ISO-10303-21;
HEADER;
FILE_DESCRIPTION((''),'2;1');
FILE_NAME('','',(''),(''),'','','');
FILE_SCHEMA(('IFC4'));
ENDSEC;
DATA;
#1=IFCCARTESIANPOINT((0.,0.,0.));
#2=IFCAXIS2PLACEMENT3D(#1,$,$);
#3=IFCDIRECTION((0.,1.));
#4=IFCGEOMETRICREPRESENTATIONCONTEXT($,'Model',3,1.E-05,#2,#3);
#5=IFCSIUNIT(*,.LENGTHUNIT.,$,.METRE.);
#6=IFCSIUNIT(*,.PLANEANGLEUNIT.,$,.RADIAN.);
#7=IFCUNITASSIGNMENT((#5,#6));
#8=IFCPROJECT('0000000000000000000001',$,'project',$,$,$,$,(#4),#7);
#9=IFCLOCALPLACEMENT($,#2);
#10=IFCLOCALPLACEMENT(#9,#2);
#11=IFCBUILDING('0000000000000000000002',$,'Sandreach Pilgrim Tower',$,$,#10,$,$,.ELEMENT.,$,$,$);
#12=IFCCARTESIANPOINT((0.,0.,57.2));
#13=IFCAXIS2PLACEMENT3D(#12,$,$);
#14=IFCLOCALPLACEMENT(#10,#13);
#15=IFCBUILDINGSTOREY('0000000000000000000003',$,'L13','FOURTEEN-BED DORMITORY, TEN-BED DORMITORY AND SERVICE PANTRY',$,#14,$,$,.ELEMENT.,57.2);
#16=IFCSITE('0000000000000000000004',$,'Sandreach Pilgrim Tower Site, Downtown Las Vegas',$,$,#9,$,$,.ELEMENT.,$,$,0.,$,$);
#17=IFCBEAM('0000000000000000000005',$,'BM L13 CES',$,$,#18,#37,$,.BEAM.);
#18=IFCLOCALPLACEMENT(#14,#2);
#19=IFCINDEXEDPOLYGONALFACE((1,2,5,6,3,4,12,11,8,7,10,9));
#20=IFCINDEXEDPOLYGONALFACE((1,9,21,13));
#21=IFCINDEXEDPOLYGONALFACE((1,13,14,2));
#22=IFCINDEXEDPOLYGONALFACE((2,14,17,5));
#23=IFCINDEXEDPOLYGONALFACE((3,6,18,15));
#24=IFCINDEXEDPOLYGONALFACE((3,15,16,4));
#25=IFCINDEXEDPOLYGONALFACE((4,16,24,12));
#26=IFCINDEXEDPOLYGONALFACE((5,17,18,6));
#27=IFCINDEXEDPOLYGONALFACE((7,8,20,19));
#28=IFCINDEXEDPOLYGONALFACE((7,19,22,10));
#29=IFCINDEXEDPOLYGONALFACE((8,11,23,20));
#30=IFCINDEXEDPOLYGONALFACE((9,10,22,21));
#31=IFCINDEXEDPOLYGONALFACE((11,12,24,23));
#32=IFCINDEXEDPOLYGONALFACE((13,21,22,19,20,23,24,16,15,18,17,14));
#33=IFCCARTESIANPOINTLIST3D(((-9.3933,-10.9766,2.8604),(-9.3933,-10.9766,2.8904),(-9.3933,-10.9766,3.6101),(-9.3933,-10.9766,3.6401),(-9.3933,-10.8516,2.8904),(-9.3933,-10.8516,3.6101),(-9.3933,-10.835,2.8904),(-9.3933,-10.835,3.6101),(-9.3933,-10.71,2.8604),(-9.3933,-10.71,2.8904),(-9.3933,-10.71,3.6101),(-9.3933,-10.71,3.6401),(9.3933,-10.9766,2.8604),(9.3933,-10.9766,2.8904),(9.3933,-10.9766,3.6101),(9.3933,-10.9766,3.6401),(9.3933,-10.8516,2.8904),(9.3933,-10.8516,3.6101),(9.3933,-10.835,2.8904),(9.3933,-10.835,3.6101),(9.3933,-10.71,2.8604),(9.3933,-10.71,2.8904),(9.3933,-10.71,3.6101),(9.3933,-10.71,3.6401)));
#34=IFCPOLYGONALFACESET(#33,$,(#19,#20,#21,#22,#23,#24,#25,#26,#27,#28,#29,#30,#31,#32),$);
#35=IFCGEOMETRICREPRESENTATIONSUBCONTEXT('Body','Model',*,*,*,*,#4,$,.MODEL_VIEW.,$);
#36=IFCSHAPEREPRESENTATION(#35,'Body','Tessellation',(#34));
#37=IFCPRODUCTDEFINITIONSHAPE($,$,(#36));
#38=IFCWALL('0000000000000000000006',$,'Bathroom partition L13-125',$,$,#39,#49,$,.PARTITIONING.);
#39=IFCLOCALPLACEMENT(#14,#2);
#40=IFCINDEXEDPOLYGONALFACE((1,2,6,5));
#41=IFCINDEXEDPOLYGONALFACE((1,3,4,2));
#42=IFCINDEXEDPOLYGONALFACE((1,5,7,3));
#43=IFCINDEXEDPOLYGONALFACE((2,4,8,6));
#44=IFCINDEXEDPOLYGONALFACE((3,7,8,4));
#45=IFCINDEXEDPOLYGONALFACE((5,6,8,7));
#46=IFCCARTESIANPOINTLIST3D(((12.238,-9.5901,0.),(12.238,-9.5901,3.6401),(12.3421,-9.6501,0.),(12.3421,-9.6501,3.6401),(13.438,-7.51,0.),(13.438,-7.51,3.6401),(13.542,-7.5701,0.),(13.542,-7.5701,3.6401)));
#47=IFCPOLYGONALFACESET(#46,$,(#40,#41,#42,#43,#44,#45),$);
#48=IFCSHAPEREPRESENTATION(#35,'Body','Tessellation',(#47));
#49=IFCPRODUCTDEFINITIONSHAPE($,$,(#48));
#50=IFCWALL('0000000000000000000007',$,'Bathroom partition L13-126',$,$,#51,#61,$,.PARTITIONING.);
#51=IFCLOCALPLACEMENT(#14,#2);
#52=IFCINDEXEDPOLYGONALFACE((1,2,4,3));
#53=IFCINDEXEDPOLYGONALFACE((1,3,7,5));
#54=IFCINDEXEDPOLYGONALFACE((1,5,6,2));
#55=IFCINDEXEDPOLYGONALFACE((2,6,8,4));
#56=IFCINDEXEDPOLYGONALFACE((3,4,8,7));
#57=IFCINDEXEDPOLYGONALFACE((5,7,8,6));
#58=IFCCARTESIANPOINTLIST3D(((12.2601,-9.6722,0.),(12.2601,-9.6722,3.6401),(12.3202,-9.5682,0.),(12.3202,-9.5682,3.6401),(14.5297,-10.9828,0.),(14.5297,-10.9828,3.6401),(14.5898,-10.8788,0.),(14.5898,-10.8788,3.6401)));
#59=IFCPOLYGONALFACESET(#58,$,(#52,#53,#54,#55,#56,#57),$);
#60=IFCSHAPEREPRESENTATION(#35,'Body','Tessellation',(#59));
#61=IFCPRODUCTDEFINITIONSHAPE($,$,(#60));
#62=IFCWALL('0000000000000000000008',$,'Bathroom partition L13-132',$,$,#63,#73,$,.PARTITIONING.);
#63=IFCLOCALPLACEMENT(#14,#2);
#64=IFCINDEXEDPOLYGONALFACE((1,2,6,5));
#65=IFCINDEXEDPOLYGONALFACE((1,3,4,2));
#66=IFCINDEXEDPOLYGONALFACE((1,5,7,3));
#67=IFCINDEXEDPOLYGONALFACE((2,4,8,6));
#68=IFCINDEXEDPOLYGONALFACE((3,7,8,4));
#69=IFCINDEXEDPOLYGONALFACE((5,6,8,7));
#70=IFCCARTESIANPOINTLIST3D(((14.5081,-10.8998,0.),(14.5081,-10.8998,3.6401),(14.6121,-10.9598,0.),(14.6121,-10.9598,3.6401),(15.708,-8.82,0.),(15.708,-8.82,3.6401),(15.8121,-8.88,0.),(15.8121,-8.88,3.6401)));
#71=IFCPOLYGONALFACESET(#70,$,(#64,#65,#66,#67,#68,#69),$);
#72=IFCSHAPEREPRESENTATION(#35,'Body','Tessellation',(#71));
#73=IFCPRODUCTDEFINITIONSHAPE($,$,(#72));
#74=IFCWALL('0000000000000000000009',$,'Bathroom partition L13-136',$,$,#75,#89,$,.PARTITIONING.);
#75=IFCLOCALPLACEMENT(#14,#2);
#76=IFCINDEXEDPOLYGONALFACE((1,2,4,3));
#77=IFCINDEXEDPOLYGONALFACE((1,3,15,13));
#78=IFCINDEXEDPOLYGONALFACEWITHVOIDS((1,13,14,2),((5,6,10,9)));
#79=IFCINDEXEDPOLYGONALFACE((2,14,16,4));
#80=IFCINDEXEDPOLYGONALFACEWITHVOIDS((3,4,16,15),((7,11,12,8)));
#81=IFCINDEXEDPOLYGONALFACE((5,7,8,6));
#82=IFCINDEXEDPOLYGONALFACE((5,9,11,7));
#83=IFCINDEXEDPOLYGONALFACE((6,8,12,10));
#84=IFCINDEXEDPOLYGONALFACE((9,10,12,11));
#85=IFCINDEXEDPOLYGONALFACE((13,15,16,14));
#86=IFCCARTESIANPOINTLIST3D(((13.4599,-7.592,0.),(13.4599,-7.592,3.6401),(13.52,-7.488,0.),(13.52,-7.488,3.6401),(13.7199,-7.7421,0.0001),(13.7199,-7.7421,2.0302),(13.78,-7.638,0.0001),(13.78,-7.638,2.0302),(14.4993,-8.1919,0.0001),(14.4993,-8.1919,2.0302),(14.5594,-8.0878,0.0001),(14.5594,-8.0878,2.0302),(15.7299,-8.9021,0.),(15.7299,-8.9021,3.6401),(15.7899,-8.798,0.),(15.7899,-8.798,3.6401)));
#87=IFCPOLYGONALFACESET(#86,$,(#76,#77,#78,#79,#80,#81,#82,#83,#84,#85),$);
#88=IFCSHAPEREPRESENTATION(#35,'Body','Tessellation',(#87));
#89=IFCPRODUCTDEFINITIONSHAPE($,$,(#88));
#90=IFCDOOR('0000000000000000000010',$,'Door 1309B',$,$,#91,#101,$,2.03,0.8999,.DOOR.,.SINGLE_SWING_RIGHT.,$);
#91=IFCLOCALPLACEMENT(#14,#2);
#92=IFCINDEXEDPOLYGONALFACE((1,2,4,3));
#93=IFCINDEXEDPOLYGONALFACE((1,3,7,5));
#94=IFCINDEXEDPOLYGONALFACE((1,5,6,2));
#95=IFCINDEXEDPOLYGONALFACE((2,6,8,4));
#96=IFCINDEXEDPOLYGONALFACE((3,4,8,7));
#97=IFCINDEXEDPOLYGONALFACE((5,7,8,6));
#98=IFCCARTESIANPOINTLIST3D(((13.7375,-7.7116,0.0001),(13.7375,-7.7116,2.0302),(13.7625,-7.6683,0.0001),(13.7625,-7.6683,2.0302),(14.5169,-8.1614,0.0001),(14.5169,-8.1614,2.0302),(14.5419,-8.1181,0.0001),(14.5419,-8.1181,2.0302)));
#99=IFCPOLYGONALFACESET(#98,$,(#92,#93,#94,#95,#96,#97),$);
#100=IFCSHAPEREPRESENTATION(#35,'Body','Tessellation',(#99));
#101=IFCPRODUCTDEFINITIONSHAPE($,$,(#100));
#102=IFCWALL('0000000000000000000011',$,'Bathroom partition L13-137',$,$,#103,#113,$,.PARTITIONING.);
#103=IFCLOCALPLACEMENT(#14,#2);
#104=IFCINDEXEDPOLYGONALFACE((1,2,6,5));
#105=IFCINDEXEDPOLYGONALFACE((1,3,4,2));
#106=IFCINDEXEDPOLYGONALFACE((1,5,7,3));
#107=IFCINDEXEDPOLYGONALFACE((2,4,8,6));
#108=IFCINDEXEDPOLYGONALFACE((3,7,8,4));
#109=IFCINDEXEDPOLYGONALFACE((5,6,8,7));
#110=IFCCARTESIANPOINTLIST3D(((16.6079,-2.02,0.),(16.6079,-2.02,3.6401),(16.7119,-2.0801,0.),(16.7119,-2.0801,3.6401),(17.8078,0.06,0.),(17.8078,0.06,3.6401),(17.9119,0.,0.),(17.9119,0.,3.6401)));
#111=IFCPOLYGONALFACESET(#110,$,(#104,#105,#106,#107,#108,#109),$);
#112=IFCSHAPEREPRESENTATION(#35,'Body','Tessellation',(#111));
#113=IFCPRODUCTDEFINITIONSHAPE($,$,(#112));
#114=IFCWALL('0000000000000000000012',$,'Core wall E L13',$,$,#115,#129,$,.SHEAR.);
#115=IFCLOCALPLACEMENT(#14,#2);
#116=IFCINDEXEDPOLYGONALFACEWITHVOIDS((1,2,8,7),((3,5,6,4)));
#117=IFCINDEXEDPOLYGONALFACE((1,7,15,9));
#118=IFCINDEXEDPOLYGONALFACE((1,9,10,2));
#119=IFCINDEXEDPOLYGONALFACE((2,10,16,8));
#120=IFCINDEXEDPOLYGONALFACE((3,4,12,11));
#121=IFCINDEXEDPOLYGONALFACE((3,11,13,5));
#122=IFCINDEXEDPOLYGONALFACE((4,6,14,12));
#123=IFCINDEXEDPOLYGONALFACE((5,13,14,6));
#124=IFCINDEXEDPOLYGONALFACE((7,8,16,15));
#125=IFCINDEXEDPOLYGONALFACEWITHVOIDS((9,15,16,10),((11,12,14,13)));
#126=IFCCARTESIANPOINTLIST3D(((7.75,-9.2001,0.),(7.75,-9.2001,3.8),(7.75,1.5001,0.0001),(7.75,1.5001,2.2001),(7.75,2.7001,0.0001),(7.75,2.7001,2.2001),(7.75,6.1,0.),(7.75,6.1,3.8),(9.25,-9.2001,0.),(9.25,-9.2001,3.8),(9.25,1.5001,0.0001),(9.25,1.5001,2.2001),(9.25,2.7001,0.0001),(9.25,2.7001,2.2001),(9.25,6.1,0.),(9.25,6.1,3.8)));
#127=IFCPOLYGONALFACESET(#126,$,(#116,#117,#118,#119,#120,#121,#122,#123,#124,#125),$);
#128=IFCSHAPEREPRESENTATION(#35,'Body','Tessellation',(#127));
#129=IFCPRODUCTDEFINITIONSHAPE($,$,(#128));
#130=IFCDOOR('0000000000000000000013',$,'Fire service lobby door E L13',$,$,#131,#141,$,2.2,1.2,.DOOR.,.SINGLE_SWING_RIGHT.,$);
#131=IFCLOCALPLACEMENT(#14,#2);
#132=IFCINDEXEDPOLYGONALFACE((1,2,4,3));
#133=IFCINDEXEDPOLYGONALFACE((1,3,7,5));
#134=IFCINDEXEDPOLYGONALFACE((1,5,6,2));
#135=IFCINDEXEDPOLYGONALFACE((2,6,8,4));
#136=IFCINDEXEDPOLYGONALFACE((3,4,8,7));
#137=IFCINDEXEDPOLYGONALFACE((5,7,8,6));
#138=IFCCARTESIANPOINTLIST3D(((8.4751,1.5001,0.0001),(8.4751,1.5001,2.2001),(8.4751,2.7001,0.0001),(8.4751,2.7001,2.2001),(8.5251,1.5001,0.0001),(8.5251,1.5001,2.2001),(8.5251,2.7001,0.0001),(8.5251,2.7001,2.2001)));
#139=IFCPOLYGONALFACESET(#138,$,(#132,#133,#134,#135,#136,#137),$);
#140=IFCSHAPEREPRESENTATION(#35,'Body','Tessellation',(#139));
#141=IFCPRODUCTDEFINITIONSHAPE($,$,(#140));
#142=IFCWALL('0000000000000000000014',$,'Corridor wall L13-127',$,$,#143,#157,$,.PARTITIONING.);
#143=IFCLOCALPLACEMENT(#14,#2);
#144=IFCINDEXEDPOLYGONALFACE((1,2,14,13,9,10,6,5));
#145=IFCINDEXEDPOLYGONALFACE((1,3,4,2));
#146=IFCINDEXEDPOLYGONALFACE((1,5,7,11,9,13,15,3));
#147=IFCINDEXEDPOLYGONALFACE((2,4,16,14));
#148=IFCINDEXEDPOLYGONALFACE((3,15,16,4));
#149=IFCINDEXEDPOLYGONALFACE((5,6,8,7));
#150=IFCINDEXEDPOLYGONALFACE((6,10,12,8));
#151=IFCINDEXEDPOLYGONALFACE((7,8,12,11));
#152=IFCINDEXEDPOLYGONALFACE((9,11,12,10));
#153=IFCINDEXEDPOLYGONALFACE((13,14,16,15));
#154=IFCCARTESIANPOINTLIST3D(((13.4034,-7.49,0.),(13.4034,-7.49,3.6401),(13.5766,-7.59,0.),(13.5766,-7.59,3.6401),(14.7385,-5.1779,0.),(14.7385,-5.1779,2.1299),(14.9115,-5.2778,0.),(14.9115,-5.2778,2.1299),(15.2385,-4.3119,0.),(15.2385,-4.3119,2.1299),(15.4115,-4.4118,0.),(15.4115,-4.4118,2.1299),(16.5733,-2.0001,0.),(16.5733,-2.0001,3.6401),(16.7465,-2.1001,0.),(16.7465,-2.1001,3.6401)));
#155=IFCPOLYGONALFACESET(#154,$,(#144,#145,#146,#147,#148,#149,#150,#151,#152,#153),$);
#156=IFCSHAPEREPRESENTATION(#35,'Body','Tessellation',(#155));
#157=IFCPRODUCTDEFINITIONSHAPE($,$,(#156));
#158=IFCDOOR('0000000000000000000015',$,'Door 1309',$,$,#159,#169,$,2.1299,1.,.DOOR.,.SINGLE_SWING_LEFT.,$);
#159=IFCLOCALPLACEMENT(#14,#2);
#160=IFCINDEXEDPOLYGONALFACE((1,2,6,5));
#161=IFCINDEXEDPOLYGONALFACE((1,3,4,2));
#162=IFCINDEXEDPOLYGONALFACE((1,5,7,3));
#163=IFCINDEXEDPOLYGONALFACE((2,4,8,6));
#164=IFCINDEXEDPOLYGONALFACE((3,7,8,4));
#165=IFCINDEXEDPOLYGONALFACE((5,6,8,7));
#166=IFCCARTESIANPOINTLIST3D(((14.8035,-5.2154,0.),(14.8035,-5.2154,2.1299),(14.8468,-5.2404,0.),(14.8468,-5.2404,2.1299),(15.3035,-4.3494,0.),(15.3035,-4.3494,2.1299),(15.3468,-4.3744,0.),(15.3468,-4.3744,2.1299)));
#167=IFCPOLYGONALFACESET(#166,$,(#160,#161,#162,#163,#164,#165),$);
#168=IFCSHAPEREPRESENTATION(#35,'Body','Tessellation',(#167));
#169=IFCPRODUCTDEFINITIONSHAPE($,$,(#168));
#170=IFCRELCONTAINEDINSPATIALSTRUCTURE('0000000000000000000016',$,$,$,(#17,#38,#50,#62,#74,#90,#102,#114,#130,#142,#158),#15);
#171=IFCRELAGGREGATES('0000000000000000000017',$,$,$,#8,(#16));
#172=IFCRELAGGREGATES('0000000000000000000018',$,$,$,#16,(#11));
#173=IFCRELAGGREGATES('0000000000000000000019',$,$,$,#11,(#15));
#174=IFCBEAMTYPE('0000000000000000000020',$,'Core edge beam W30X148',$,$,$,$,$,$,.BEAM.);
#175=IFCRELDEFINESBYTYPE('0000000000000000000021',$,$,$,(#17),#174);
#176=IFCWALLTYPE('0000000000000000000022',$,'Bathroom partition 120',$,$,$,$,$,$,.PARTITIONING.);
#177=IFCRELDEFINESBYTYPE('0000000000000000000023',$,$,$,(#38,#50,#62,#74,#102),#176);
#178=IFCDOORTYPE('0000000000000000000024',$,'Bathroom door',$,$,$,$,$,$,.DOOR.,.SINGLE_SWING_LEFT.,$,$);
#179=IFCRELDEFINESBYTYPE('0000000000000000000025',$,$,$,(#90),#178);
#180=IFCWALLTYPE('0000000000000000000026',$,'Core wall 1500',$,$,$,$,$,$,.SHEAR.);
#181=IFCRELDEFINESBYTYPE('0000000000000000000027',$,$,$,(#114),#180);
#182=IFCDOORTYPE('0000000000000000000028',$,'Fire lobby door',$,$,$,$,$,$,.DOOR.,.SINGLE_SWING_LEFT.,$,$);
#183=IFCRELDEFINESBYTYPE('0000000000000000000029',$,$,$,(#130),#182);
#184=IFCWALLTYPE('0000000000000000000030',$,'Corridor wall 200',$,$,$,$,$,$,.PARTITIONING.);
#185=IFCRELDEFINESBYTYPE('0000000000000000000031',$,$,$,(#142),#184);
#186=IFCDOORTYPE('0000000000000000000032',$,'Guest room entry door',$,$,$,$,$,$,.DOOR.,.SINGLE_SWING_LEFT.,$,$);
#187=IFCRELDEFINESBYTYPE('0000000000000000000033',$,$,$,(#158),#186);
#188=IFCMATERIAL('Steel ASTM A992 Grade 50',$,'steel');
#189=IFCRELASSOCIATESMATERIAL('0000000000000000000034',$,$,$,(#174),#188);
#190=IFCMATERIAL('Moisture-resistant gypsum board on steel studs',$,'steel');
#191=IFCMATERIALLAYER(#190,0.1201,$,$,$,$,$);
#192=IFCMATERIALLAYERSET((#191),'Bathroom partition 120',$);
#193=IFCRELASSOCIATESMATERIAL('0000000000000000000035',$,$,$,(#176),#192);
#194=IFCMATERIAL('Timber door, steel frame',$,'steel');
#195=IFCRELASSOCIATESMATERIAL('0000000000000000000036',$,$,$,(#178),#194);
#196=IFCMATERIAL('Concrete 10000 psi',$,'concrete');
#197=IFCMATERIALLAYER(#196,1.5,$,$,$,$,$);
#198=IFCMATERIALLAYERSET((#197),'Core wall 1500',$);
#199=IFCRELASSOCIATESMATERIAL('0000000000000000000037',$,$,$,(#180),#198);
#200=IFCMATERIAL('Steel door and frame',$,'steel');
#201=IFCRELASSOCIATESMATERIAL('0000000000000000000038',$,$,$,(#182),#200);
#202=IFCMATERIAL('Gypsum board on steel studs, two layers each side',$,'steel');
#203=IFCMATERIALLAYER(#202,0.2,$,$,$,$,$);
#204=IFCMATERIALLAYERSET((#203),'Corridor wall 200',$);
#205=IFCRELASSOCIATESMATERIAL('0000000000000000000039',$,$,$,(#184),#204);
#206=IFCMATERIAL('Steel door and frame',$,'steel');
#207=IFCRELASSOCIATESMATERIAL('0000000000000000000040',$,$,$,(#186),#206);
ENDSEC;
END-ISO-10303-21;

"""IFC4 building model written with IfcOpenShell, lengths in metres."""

from ifc_helpers import new_model, si_unit, direction, frame, frame_2d, origin, origin_2d, place, context, subcontext, project, spatial, rectangle, i_section, extrude, material, layer, layer_set, material_profile, profile_set, type_object, element, fill, save


model = new_model("IFC4")

# Units and contexts
model_context = context("Model", 3, precision=1e-05, world=origin(), true_north=direction((0.0, 1.0)))
body_context = subcontext(model_context, "Body", "Model", "MODEL_VIEW")
ifc_project = project(units=[si_unit("LENGTHUNIT", "METRE"), si_unit("PLANEANGLEUNIT", "RADIAN")], contexts=[model_context])

# Site, building, storey
site_placement = place(None, origin())
site = spatial("IfcSite", under=ifc_project, at=site_placement, Name="Sandreach Pilgrim Tower Site, Downtown Las Vegas", CompositionType="ELEMENT", RefElevation=0.0)
building_placement = place(site_placement, origin())
building = spatial("IfcBuilding", under=site, at=building_placement, Name="Sandreach Pilgrim Tower", CompositionType="ELEMENT")
storey_placement = place(building_placement, frame((0.0, 0.0, 57.2)))
storey = spatial("IfcBuildingStorey", under=building, at=storey_placement, Name="L13", Description="FOURTEEN-BED DORMITORY, TEN-BED DORMITORY AND SERVICE PANTRY", CompositionType="ELEMENT", Elevation=57.2)

# Beam
ifc_material_1 = material(Name="Steel ASTM A992 Grade 50", Category="steel")
ifc_material_profile = material_profile(ifc_material_1, i_section(OverallWidth=0.2666, OverallDepth=0.7798, WebThickness=0.0166, FlangeThickness=0.03, at=origin_2d()), Name="W30X148")
ifc_profile_set = profile_set([ifc_material_profile], Name="Steel ASTM A992 Grade 50")
beam_type = type_object("IfcBeamType", Name="Core edge beam W30X148", PredefinedType="BEAM", material=ifc_profile_set)
beam_placement = place(storey_placement, frame((9.3933, -10.8433, 3.2502), z_axis=(-1.0, 0.0, 0.0), x_axis=(0.0, -1.0, 0.0)))
element("IfcBeam", 1, at=beam_placement, inside=storey, type_object=beam_type, Name="BM L13 CES", PredefinedType="BEAM", context=body_context, shape_type="SweptSolid", body=[
    extrude(i_section(OverallWidth=0.2666, OverallDepth=0.7798, WebThickness=0.0166, FlangeThickness=0.03, at=origin_2d()), origin(), (0.0, 0.0, 1.0), 18.7866),
])

# Walls
ifc_material_2 = material(Name="Moisture-resistant gypsum board on steel studs", Category="steel")
ifc_layer_1 = layer(ifc_material_2, 0.1201)
ifc_layer_set_1 = layer_set([ifc_layer_1], Name="Bathroom partition 120")
wall_type_1 = type_object("IfcWallType", Name="Bathroom partition 120", PredefinedType="PARTITIONING", material=ifc_layer_set_1)
wall_1_placement = place(storey_placement, frame((12.29, -9.6201, 0.0), z_axis=(0.0, 0.0, 1.0), x_axis=(0.499693, 0.866203, 0.0)))
element("IfcWall", 2, at=wall_1_placement, inside=storey, type_object=wall_type_1, Name="Bathroom partition L13-125", PredefinedType="PARTITIONING", context=body_context, shape_type="SweptSolid", body=[
    extrude(rectangle(XDim=2.4014, YDim=0.1201, at=frame_2d((1.2007, 0.0))), origin(), (0.0, 0.0, 1.0), 3.6401),
])
wall_2_placement = place(storey_placement, frame((12.29, -9.6201, 0.0), z_axis=(0.0, 0.0, 1.0), x_axis=(0.865987, -0.500067, 0.0)))
element("IfcWall", 3, at=wall_2_placement, inside=storey, type_object=wall_type_1, Name="Bathroom partition L13-126", PredefinedType="PARTITIONING", context=body_context, shape_type="SweptSolid", body=[
    extrude(rectangle(XDim=2.6208, YDim=0.1201, at=frame_2d((1.3105, 0.0))), origin(), (0.0, 0.0, 1.0), 3.6401),
])
wall_3_placement = place(storey_placement, frame((14.5601, -10.9299, 0.0), z_axis=(0.0, 0.0, 1.0), x_axis=(0.499737, 0.866177, 0.0)))
element("IfcWall", 4, at=wall_3_placement, inside=storey, type_object=wall_type_1, Name="Bathroom partition L13-132", PredefinedType="PARTITIONING", context=body_context, shape_type="SweptSolid", body=[
    extrude(rectangle(XDim=2.4011, YDim=0.1201, at=frame_2d((1.2007, 0.0))), origin(), (0.0, 0.0, 1.0), 3.6401),
])

# Wall, opening, door
wall_4_placement = place(storey_placement, frame((15.76, -8.8501, 0.0), z_axis=(0.0, 0.0, 1.0), x_axis=(-0.866114, 0.499846, 0.0)))
wall_4 = element("IfcWall", 5, at=wall_4_placement, inside=storey, type_object=wall_type_1, Name="Bathroom partition L13-136", PredefinedType="PARTITIONING", context=body_context, shape_type="SweptSolid", body=[
    extrude(rectangle(XDim=2.6208, YDim=0.1201, at=frame_2d((1.3105, 0.0))), origin(), (0.0, 0.0, 1.0), 3.6401),
])
opening_1_placement = place(wall_4_placement, frame((1.4209, 0.0, 0.0)))
opening_1 = element("IfcOpeningElement", 6, at=opening_1_placement, cuts=wall_4, PredefinedType="OPENING", context=body_context, shape_type="SweptSolid", body=[
    extrude(rectangle(XDim=0.8999, YDim=2.03, at=frame_2d((0.45, 1.0151))), frame((0.0, 0.0601, 0.0), z_axis=(0.0, -1.0, 0.0), x_axis=(1.0, 0.0, 0.0)), (0.0, 0.0, 1.0), 0.1201),
])
ifc_material_3 = material(Name="Timber door, steel frame", Category="steel")
door_type_1 = type_object("IfcDoorType", Name="Bathroom door", OperationType="SINGLE_SWING_LEFT", PredefinedType="DOOR", material=ifc_material_3)
door_1_placement = place(opening_1_placement, origin())
door_1 = element("IfcDoor", 7, at=door_1_placement, inside=storey, type_object=door_type_1, Name="Door 1309B", OperationType="SINGLE_SWING_RIGHT", OverallHeight=2.03, OverallWidth=0.8999, PredefinedType="DOOR", context=body_context, shape_type="SweptSolid", body=[
    extrude(rectangle(XDim=0.8999, YDim=2.03, at=frame_2d((0.45, 1.0151))), frame((0.0, 0.0249, 0.0), z_axis=(0.0, -1.0, 0.0), x_axis=(1.0, 0.0, 0.0)), (0.0, 0.0, 1.0), 0.05),
])
fill(opening_1, door_1)

# Wall
wall_5_placement = place(storey_placement, frame((16.6599, -2.05, 0.0), z_axis=(0.0, 0.0, 1.0), x_axis=(0.499693, 0.866203, 0.0)))
element("IfcWall", 8, at=wall_5_placement, inside=storey, type_object=wall_type_1, Name="Bathroom partition L13-137", PredefinedType="PARTITIONING", context=body_context, shape_type="SweptSolid", body=[
    extrude(rectangle(XDim=2.4014, YDim=0.1201, at=frame_2d((1.2007, 0.0))), origin(), (0.0, 0.0, 1.0), 3.6401),
])

# Walls, openings, doors
ifc_material_4 = material(Name="Concrete 10000 psi", Category="concrete")
ifc_layer_2 = layer(ifc_material_4, 1.5)
ifc_layer_set_2 = layer_set([ifc_layer_2], Name="Core wall 1500")
wall_type_2 = type_object("IfcWallType", Name="Core wall 1500", PredefinedType="SHEAR", material=ifc_layer_set_2)
wall_6_placement = place(storey_placement, frame((8.5, -9.2, 0.0), z_axis=(0.0, 0.0, 1.0), x_axis=(0.0, 1.0, 0.0)))
wall_6 = element("IfcWall", 9, at=wall_6_placement, inside=storey, type_object=wall_type_2, Name="Core wall E L13", PredefinedType="SHEAR", context=body_context, shape_type="SweptSolid", body=[
    extrude(rectangle(XDim=15.3, YDim=1.5, at=frame_2d((7.6499, 0.0))), origin(), (0.0, 0.0, 1.0), 3.8),
])
opening_2_placement = place(wall_6_placement, frame((10.7, 0.0, 0.0)))
opening_2 = element("IfcOpeningElement", 10, at=opening_2_placement, cuts=wall_6, PredefinedType="OPENING", context=body_context, shape_type="SweptSolid", body=[
    extrude(rectangle(XDim=1.2, YDim=2.2, at=frame_2d((0.6001, 1.1001))), frame((0.0, 0.75, 0.0), z_axis=(0.0, -1.0, 0.0), x_axis=(1.0, 0.0, 0.0)), (0.0, 0.0, 1.0), 1.5),
])
ifc_material_5 = material(Name="Steel door and frame", Category="steel")
door_type_2 = type_object("IfcDoorType", Name="Fire lobby door", OperationType="SINGLE_SWING_LEFT", PredefinedType="DOOR", material=ifc_material_5)
door_2_placement = place(opening_2_placement, origin())
door_2 = element("IfcDoor", 11, at=door_2_placement, inside=storey, type_object=door_type_2, Name="Fire service lobby door E L13", OperationType="SINGLE_SWING_RIGHT", OverallHeight=2.2, OverallWidth=1.2, PredefinedType="DOOR", context=body_context, shape_type="SweptSolid", body=[
    extrude(rectangle(XDim=1.2, YDim=2.2, at=frame_2d((0.6001, 1.1001))), frame((0.0, 0.0249, 0.0), z_axis=(0.0, -1.0, 0.0), x_axis=(1.0, 0.0, 0.0)), (0.0, 0.0, 1.0), 0.05),
])
fill(opening_2, door_2)
ifc_material_6 = material(Name="Gypsum board on steel studs, two layers each side", Category="steel")
ifc_layer_3 = layer(ifc_material_6, 0.2)
ifc_layer_set_3 = layer_set([ifc_layer_3], Name="Corridor wall 200")
wall_type_3 = type_object("IfcWallType", Name="Corridor wall 200", PredefinedType="PARTITIONING", material=ifc_layer_set_3)
wall_7_placement = place(storey_placement, frame((13.49, -7.54, 0.0), z_axis=(0.0, 0.0, 1.0), x_axis=(0.500032, 0.866007, 0.0)))
wall_7 = element("IfcWall", 12, at=wall_7_placement, inside=storey, type_object=wall_type_3, Name="Corridor wall L13-127", PredefinedType="PARTITIONING", context=body_context, shape_type="SweptSolid", body=[
    extrude(rectangle(XDim=6.3394, YDim=0.2, at=frame_2d((3.1697, 0.0))), origin(), (0.0, 0.0, 1.0), 3.6401),
])
opening_3_placement = place(wall_7_placement, frame((2.6699, 0.0, 0.0)))
opening_3 = element("IfcOpeningElement", 13, at=opening_3_placement, cuts=wall_7, PredefinedType="OPENING", context=body_context, shape_type="SweptSolid", body=[
    extrude(rectangle(XDim=1.0, YDim=2.1299, at=frame_2d((0.5, 1.0649))), frame((0.0, 0.1001, 0.0), z_axis=(0.0, -1.0, 0.0), x_axis=(1.0, 0.0, 0.0)), (0.0, 0.0, 1.0), 0.2),
])
ifc_material_7 = material(Name="Steel door and frame", Category="steel")
door_type_3 = type_object("IfcDoorType", Name="Guest room entry door", OperationType="SINGLE_SWING_LEFT", PredefinedType="DOOR", material=ifc_material_7)
door_3_placement = place(opening_3_placement, origin())
door_3 = element("IfcDoor", 14, at=door_3_placement, inside=storey, type_object=door_type_3, Name="Door 1309", OperationType="SINGLE_SWING_LEFT", OverallHeight=2.1299, OverallWidth=1.0, PredefinedType="DOOR", context=body_context, shape_type="SweptSolid", body=[
    extrude(rectangle(XDim=1.0, YDim=2.1299, at=frame_2d((0.5, 1.0649))), frame((0.0, 0.0249, 0.0), z_axis=(0.0, -1.0, 0.0), x_axis=(1.0, 0.0, 0.0)), (0.0, 0.0, 1.0), 0.05),
])
fill(opening_3, door_3)

save(model, "model.ifc")
